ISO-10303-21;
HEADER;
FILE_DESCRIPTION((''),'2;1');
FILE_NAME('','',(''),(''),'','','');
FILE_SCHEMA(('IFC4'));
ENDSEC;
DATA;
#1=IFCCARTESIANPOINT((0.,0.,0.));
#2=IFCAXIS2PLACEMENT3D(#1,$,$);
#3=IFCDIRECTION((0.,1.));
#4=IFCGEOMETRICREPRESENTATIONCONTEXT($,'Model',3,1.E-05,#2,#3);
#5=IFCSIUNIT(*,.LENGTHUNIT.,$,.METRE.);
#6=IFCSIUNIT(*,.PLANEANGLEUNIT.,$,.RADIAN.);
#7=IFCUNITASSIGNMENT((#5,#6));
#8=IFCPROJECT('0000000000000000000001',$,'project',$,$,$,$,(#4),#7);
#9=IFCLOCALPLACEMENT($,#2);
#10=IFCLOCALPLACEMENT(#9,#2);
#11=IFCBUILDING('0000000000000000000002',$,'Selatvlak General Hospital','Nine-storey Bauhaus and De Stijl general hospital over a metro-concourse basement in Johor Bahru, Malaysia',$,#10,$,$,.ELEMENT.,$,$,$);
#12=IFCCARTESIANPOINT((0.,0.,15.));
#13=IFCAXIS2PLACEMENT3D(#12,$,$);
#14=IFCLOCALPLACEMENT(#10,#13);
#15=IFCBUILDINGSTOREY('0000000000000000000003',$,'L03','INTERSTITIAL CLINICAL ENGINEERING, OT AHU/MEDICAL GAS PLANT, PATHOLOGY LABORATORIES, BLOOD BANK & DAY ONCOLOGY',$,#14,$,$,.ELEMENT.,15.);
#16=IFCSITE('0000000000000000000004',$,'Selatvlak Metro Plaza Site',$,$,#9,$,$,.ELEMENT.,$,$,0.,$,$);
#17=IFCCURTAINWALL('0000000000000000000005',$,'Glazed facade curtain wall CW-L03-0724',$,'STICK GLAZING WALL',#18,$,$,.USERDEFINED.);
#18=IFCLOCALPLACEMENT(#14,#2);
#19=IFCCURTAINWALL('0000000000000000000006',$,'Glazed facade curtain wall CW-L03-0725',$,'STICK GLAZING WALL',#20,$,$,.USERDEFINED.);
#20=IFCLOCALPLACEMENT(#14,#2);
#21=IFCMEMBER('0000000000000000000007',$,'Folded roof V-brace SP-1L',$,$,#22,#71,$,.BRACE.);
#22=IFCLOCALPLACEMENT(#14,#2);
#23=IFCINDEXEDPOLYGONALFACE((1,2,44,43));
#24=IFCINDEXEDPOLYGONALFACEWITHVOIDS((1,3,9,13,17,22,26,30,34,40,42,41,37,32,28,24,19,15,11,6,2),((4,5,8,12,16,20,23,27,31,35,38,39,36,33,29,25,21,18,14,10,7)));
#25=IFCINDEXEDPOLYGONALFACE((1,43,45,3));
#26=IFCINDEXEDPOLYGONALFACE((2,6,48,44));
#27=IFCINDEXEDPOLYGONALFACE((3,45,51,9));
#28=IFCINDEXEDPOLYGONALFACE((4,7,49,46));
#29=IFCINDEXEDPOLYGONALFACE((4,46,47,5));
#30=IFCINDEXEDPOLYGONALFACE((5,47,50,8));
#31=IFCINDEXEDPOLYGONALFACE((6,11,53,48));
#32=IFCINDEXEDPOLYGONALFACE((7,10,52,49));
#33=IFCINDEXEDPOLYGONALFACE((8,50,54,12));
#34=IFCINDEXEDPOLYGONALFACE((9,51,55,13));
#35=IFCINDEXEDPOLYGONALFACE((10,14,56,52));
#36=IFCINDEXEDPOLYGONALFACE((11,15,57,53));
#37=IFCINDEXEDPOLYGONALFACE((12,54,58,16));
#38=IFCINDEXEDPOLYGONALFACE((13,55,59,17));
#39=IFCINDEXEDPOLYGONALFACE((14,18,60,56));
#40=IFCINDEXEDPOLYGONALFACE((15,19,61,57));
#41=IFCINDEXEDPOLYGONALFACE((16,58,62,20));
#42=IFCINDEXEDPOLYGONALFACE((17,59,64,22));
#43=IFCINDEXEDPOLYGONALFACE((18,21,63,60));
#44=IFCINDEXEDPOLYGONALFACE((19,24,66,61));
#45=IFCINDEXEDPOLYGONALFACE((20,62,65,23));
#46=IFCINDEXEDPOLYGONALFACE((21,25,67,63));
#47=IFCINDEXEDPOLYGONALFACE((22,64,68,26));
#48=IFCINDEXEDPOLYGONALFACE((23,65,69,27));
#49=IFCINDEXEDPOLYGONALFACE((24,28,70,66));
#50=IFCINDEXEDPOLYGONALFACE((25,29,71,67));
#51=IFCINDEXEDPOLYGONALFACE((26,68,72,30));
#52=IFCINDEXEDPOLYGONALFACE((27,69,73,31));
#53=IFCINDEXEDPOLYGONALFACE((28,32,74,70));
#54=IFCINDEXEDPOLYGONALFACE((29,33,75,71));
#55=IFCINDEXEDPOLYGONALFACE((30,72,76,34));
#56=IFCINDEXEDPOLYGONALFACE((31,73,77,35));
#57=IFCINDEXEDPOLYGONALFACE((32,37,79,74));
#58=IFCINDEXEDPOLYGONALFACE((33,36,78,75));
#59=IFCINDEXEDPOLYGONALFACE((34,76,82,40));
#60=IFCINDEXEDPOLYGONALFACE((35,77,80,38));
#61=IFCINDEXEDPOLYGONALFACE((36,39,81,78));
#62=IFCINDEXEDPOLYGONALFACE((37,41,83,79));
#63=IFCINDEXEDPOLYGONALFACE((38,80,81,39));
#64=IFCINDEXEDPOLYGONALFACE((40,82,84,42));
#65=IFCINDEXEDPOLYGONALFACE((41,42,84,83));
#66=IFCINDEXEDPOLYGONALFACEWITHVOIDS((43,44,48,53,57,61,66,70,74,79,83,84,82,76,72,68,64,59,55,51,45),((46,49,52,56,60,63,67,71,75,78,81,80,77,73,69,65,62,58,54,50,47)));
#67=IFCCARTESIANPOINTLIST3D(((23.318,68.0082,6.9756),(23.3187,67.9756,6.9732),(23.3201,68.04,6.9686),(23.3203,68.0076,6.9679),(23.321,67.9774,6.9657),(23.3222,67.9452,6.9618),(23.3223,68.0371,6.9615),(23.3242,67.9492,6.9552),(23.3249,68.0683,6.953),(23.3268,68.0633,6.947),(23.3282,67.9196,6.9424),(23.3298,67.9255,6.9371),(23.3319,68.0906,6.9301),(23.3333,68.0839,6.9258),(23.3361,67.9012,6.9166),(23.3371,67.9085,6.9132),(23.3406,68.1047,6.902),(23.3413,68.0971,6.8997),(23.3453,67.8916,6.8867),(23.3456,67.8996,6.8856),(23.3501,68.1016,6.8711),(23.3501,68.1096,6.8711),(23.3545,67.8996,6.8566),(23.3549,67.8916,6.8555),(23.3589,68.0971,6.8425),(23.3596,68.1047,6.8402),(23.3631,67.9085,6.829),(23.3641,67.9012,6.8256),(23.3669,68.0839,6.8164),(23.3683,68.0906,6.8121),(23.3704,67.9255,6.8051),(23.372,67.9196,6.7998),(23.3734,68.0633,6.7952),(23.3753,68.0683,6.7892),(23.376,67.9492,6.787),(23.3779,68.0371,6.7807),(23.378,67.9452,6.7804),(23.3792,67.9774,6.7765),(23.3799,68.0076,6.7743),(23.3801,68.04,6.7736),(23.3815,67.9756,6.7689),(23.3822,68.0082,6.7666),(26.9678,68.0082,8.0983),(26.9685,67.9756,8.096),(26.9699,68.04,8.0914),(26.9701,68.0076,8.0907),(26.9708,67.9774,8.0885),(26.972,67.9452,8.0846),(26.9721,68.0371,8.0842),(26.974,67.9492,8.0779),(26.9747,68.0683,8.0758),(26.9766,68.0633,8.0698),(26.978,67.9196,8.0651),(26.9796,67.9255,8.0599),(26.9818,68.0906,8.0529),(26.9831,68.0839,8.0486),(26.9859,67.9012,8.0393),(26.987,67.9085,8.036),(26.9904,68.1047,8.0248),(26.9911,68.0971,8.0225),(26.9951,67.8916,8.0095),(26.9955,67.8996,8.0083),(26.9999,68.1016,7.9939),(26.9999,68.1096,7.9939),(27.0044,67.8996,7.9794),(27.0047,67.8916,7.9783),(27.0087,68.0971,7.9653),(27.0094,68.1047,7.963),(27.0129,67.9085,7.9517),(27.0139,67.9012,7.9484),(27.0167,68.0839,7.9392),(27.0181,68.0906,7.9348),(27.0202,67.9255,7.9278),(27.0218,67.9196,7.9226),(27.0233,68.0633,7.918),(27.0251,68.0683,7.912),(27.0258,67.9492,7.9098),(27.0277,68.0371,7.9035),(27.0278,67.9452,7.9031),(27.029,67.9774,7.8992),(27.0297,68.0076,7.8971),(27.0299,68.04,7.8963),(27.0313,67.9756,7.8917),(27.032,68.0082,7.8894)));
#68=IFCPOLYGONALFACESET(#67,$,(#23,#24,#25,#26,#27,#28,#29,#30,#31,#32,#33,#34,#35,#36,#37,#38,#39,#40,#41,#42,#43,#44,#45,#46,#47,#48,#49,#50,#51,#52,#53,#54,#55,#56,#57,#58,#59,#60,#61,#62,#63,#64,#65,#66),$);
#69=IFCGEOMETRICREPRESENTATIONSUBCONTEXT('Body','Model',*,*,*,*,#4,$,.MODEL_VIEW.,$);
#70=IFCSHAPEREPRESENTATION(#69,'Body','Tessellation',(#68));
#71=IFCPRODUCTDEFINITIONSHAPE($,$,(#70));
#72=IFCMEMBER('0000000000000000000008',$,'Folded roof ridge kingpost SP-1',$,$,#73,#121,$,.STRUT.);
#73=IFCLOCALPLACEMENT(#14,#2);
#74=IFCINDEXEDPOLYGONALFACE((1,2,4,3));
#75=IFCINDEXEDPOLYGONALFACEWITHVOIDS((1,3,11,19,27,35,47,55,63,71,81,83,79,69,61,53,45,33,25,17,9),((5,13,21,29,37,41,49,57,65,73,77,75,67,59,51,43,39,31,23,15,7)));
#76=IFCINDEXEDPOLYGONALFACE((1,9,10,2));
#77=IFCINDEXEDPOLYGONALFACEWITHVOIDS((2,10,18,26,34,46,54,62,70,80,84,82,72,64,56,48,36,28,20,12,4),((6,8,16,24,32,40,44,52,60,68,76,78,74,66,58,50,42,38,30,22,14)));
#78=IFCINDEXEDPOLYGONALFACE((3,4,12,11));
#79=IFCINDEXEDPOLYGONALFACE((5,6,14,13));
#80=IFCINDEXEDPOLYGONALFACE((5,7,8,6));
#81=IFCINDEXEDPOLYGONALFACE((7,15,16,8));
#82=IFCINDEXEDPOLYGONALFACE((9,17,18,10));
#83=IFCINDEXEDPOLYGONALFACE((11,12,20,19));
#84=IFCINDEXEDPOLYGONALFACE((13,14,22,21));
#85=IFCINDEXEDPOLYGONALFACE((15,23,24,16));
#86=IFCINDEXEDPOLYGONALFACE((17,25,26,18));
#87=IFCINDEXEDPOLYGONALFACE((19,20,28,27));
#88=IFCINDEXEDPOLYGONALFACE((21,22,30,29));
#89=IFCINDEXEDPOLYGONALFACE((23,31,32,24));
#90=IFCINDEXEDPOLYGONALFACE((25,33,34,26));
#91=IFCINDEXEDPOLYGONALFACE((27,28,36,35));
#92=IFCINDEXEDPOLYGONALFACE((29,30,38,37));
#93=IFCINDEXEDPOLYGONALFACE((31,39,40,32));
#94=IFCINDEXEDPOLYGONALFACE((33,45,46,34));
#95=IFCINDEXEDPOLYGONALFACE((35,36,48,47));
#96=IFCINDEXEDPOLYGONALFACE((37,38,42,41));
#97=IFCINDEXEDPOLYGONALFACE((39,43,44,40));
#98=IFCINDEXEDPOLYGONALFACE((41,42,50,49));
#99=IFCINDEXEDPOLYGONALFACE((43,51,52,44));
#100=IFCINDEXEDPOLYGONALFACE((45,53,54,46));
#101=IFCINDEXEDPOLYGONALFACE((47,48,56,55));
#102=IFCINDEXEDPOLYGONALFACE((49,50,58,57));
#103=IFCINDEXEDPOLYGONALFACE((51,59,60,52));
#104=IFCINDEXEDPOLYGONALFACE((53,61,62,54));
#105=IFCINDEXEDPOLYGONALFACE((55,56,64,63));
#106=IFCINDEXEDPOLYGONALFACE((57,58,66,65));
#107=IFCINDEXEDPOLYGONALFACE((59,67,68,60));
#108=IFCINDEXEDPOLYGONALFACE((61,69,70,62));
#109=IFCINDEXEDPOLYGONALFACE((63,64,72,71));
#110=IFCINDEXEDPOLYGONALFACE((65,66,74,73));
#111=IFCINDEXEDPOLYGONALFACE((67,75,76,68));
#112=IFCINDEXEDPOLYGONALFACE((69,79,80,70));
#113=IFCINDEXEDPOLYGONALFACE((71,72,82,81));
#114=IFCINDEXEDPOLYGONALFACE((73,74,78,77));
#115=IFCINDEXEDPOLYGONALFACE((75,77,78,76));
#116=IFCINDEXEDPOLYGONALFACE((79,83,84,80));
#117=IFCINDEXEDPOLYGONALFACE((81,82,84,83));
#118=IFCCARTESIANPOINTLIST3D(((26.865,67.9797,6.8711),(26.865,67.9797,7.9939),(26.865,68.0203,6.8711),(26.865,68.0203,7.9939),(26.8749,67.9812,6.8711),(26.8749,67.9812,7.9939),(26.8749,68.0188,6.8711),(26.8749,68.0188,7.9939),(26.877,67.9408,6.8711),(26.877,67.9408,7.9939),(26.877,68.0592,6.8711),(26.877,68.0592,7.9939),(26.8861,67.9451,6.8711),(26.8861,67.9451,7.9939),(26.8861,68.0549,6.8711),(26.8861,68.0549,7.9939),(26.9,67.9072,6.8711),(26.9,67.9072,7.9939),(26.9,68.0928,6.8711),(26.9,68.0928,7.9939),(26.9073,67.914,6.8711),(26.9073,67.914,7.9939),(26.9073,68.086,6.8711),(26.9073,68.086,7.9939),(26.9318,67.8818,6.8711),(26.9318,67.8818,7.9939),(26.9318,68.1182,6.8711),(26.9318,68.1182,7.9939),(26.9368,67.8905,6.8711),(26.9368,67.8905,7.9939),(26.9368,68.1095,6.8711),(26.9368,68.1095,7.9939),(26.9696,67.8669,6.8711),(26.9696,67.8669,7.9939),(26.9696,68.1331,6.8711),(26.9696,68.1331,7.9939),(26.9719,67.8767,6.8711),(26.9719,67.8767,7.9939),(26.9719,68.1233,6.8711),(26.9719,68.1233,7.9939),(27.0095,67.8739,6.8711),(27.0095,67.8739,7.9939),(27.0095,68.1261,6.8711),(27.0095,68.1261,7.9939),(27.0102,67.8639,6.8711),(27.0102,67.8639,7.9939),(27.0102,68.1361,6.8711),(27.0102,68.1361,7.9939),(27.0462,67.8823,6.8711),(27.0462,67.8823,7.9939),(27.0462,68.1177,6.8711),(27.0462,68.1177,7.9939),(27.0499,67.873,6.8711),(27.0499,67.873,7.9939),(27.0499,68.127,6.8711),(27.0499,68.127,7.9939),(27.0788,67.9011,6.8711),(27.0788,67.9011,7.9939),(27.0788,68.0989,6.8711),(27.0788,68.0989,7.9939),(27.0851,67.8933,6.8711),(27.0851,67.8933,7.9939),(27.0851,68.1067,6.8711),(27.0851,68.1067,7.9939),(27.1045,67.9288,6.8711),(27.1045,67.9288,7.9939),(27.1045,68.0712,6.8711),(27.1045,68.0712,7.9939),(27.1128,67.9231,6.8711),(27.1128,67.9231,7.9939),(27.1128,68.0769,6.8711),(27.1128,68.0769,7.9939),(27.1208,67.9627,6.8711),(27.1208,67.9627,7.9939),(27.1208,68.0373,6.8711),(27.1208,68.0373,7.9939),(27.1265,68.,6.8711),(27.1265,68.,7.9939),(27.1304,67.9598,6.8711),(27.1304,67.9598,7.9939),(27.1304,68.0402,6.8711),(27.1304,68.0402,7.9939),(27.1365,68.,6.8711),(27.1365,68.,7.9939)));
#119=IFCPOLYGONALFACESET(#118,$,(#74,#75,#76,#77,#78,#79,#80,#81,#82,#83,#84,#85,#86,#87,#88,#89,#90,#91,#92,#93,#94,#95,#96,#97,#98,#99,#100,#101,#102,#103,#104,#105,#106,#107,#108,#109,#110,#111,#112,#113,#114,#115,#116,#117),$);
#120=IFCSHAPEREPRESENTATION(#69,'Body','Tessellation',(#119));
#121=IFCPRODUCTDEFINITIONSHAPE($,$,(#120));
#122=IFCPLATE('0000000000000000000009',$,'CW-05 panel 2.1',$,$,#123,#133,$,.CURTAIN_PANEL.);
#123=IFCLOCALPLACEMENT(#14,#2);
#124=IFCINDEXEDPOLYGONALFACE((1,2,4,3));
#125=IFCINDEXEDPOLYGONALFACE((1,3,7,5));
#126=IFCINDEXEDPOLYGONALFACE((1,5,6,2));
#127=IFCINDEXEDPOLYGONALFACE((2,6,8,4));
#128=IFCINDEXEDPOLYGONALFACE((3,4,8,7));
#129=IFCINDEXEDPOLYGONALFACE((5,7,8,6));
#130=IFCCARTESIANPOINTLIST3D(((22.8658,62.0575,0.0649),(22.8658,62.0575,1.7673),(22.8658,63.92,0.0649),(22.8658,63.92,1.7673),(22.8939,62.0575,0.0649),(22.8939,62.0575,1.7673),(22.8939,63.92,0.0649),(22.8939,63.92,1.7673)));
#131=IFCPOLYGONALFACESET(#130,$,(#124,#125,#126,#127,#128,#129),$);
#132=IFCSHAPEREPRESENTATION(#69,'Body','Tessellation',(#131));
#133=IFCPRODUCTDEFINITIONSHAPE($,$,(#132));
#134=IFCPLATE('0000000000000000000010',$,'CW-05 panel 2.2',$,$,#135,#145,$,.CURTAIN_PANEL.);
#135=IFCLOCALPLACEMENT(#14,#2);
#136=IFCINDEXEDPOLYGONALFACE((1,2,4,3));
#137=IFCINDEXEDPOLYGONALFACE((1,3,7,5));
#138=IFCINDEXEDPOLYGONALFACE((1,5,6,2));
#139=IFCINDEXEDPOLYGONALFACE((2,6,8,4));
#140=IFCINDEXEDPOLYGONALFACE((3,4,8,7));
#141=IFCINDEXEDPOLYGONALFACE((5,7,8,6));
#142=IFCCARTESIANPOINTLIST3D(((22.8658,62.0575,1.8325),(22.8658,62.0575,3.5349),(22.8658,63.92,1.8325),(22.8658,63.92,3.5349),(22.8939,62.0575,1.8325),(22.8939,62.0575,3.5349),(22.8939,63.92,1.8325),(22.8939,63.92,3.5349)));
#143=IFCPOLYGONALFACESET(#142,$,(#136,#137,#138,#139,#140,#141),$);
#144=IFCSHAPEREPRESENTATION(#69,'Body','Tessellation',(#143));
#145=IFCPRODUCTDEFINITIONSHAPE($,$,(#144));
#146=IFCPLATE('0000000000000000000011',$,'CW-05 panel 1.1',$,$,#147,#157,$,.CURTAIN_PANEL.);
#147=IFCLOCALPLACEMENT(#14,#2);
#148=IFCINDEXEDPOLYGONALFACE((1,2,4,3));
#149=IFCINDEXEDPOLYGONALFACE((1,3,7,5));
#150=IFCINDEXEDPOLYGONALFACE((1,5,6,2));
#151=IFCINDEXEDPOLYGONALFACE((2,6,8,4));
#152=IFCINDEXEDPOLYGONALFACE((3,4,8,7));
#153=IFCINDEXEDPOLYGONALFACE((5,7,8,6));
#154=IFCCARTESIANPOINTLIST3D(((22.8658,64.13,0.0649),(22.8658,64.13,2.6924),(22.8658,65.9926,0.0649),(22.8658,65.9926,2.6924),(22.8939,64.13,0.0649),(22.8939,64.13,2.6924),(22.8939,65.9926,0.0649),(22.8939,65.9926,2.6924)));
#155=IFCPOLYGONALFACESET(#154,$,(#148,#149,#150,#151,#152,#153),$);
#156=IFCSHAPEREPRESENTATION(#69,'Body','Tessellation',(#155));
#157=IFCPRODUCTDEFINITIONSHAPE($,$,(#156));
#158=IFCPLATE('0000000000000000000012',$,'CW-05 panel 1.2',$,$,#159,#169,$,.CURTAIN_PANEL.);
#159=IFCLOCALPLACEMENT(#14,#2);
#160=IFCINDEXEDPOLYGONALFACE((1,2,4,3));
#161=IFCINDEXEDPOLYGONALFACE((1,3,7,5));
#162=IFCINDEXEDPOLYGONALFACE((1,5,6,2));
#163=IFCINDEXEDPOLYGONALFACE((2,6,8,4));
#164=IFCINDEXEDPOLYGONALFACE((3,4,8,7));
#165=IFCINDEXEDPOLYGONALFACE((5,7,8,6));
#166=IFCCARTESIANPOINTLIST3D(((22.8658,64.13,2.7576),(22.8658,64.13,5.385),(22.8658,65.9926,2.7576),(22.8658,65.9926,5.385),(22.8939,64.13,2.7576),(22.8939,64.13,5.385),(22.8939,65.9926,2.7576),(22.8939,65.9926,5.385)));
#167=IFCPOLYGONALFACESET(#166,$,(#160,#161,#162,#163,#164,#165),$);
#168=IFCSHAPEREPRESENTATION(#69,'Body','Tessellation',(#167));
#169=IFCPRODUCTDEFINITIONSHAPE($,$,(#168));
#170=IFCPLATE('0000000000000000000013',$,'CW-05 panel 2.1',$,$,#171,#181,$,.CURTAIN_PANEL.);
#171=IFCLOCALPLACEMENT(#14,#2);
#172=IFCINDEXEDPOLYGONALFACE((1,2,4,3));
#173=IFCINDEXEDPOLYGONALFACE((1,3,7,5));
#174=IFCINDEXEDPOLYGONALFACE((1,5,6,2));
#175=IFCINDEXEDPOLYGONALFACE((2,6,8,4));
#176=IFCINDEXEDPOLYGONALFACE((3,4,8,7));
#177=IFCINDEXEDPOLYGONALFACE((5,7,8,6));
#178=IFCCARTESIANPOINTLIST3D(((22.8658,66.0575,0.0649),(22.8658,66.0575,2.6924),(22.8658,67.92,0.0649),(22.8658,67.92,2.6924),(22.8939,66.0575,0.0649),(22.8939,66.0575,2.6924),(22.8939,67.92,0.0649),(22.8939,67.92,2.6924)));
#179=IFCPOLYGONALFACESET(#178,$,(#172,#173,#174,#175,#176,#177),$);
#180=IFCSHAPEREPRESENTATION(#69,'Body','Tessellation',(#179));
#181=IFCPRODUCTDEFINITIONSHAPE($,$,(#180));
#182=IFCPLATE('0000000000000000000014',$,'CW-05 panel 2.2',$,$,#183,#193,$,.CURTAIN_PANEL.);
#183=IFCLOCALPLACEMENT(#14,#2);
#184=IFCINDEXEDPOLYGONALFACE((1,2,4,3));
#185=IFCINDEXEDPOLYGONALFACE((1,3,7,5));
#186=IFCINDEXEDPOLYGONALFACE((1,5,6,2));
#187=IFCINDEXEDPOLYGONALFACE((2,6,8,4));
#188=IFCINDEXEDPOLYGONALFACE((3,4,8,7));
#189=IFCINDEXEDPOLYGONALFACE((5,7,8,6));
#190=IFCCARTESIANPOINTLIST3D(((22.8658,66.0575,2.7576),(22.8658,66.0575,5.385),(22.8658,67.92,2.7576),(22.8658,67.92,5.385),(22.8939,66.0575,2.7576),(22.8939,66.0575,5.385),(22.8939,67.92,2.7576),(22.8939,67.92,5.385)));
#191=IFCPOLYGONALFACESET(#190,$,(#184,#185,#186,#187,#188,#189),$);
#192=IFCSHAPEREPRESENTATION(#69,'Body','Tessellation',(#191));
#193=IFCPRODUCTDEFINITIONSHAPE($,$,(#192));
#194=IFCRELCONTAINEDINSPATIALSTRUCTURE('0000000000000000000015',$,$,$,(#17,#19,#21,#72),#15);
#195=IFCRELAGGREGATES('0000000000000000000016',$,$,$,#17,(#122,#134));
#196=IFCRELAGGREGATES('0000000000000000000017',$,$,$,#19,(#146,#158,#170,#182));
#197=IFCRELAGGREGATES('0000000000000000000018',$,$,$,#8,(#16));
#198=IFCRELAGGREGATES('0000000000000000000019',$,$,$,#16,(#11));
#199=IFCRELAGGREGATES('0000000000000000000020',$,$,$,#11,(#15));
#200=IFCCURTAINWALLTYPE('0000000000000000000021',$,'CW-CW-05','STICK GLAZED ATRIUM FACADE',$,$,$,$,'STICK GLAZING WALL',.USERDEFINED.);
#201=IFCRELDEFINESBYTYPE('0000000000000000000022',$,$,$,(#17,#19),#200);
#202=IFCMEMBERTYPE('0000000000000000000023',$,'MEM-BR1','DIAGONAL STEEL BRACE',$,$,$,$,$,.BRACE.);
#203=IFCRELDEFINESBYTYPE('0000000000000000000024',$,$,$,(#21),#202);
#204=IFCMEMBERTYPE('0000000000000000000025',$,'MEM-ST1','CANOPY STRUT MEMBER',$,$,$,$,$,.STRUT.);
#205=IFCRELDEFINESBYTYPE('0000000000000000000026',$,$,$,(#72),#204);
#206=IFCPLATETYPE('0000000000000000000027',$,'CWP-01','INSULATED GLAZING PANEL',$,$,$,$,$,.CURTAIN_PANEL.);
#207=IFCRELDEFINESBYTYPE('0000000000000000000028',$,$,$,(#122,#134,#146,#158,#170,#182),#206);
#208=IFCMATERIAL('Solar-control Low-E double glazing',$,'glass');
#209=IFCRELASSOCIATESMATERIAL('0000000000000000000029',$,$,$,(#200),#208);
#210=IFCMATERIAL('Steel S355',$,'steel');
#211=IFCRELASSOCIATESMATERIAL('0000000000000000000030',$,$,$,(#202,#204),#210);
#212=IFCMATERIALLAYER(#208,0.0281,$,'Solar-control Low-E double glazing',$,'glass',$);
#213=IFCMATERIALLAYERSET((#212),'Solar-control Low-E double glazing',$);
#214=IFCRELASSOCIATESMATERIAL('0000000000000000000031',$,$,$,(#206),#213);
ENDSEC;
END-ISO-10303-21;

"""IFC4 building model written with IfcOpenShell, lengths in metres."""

from ifc_helpers import new_model, si_unit, direction, frame, origin, origin_2d, place, context, subcontext, project, spatial, rectangle, hollow_circle, extrude, material, layer, layer_set, material_profile, profile_set, type_object, element, aggregate, save


model = new_model("IFC4")

# Units and contexts
model_context = context("Model", 3, precision=1e-05, world=origin(), true_north=direction((0.0, 1.0)))
body_context = subcontext(model_context, "Body", "Model", "MODEL_VIEW")
ifc_project = project(units=[si_unit("LENGTHUNIT", "METRE"), si_unit("PLANEANGLEUNIT", "RADIAN")], contexts=[model_context])

# Site, building, storey
site_placement = place(None, origin())
site = spatial("IfcSite", under=ifc_project, at=site_placement, Name="Selatvlak Metro Plaza Site", CompositionType="ELEMENT", RefElevation=0.0)
building_placement = place(site_placement, origin())
building = spatial("IfcBuilding", under=site, at=building_placement, Name="Selatvlak General Hospital", Description="Nine-storey Bauhaus and De Stijl general hospital over a metro-concourse basement in Johor Bahru, Malaysia", CompositionType="ELEMENT")
storey_placement = place(building_placement, frame((0.0, 0.0, 15.0)))
storey = spatial("IfcBuildingStorey", under=building, at=storey_placement, Name="L03", Description="INTERSTITIAL CLINICAL ENGINEERING, OT AHU/MEDICAL GAS PLANT, PATHOLOGY LABORATORIES, BLOOD BANK & DAY ONCOLOGY", CompositionType="ELEMENT", Elevation=15.0)

# Shared definitions
ifc_material_1 = material(Name="Steel S355", Category="steel")

# Curtain wall
ifc_material_2 = material(Name="Solar-control Low-E double glazing", Category="glass")
curtain_wall_type = type_object("IfcCurtainWallType", Name="CW-CW-05", Description="STICK GLAZED ATRIUM FACADE", ElementType="STICK GLAZING WALL", PredefinedType="USERDEFINED", material=ifc_material_2)
curtain_wall_1_placement = place(storey_placement, origin())
curtain_wall_1 = element("IfcCurtainWall", 1, at=curtain_wall_1_placement, inside=storey, type_object=curtain_wall_type, Name="Glazed facade curtain wall CW-L03-0724", ObjectType="STICK GLAZING WALL", PredefinedType="USERDEFINED")

# Curtain wall
curtain_wall_2_placement = place(storey_placement, origin())
curtain_wall_2 = element("IfcCurtainWall", 2, at=curtain_wall_2_placement, inside=storey, type_object=curtain_wall_type, Name="Glazed facade curtain wall CW-L03-0725", ObjectType="STICK GLAZING WALL", PredefinedType="USERDEFINED")

# Members
ifc_material_profile_1 = material_profile(ifc_material_1, hollow_circle(Radius=0.1096, WallThickness=0.0081, at=origin_2d()), Name="CHS 219.1x8")
ifc_profile_set_1 = profile_set([ifc_material_profile_1], Name="Steel S355")
member_type_1 = type_object("IfcMemberType", Name="MEM-BR1", Description="DIAGONAL STEEL BRACE", PredefinedType="BRACE", material=ifc_profile_set_1)
member_1_placement = place(storey_placement, frame((23.3501, 68.0, 6.8711), z_axis=(0.955797, 0.0, 0.294027), x_axis=(0.0, 1.0, 0.0)))
element("IfcMember", 3, at=member_1_placement, inside=storey, type_object=member_type_1, Name="Folded roof V-brace SP-1L", PredefinedType="BRACE", context=body_context, shape_type="SweptSolid", body=[
    extrude(hollow_circle(Radius=0.1096, WallThickness=0.0081, at=origin_2d()), origin(), (0.0, 0.0, 1.0), 3.8186),
])
ifc_material_profile_2 = material_profile(ifc_material_1, hollow_circle(Radius=0.1365, WallThickness=0.01, at=origin_2d()), Name="CHS 273.0x10")
ifc_profile_set_2 = profile_set([ifc_material_profile_2], Name="Steel S355")
member_type_2 = type_object("IfcMemberType", Name="MEM-ST1", Description="CANOPY STRUT MEMBER", PredefinedType="STRUT", material=ifc_profile_set_2)
member_2_placement = place(storey_placement, frame((27.0, 68.0, 6.8711), z_axis=(0.0, 0.0, 1.0), x_axis=(1.0, 0.0, 0.0)))
element("IfcMember", 4, at=member_2_placement, inside=storey, type_object=member_type_2, Name="Folded roof ridge kingpost SP-1", PredefinedType="STRUT", context=body_context, shape_type="SweptSolid", body=[
    extrude(hollow_circle(Radius=0.1365, WallThickness=0.01, at=origin_2d()), origin(), (0.0, 0.0, 1.0), 1.1228),
])

# Plates
ifc_layer_1 = layer(ifc_material_2, 0.0281, Name="Solar-control Low-E double glazing", Category="glass")
ifc_layer_set_1 = layer_set([ifc_layer_1], Name="Solar-control Low-E double glazing")
plate_type_1 = type_object("IfcPlateType", Name="CWP-01", Description="INSULATED GLAZING PANEL", PredefinedType="CURTAIN_PANEL", material=ifc_layer_set_1)
plate_1_placement = place(storey_placement, frame((22.8799, 62.9888, 0.0649), z_axis=(0.0, 0.0, 1.0), x_axis=(0.0, 1.0, 0.0)))
plate_1 = element("IfcPlate", 5, at=plate_1_placement, type_object=plate_type_1, Name="CW-05 panel 2.1", PredefinedType="CURTAIN_PANEL", context=body_context, shape_type="SweptSolid", body=[
    extrude(rectangle(XDim=1.8625, YDim=0.0281, at=origin_2d()), origin(), (0.0, 0.0, 1.0), 1.7024),
])
plate_2_placement = place(storey_placement, frame((22.8799, 62.9888, 1.8325), z_axis=(0.0, 0.0, 1.0), x_axis=(0.0, 1.0, 0.0)))
plate_2 = element("IfcPlate", 6, at=plate_2_placement, type_object=plate_type_1, Name="CW-05 panel 2.2", PredefinedType="CURTAIN_PANEL", context=body_context, shape_type="SweptSolid", body=[
    extrude(rectangle(XDim=1.8625, YDim=0.0281, at=origin_2d()), origin(), (0.0, 0.0, 1.0), 1.7024),
])
aggregate(curtain_wall_1, [plate_1, plate_2])
plate_3_placement = place(storey_placement, frame((22.8799, 65.0613, 0.0649), z_axis=(0.0, 0.0, 1.0), x_axis=(0.0, 1.0, 0.0)))
plate_3 = element("IfcPlate", 7, at=plate_3_placement, type_object=plate_type_1, Name="CW-05 panel 1.1", PredefinedType="CURTAIN_PANEL", context=body_context, shape_type="SweptSolid", body=[
    extrude(rectangle(XDim=1.8625, YDim=0.0281, at=origin_2d()), origin(), (0.0, 0.0, 1.0), 2.6274),
])
plate_4_placement = place(storey_placement, frame((22.8799, 65.0613, 2.7576), z_axis=(0.0, 0.0, 1.0), x_axis=(0.0, 1.0, 0.0)))
plate_4 = element("IfcPlate", 8, at=plate_4_placement, type_object=plate_type_1, Name="CW-05 panel 1.2", PredefinedType="CURTAIN_PANEL", context=body_context, shape_type="SweptSolid", body=[
    extrude(rectangle(XDim=1.8625, YDim=0.0281, at=origin_2d()), origin(), (0.0, 0.0, 1.0), 2.6274),
])
plate_5_placement = place(storey_placement, frame((22.8799, 66.9888, 0.0649), z_axis=(0.0, 0.0, 1.0), x_axis=(0.0, 1.0, 0.0)))
plate_5 = element("IfcPlate", 9, at=plate_5_placement, type_object=plate_type_1, Name="CW-05 panel 2.1", PredefinedType="CURTAIN_PANEL", context=body_context, shape_type="SweptSolid", body=[
    extrude(rectangle(XDim=1.8625, YDim=0.0281, at=origin_2d()), origin(), (0.0, 0.0, 1.0), 2.6274),
])
plate_6_placement = place(storey_placement, frame((22.8799, 66.9888, 2.7576), z_axis=(0.0, 0.0, 1.0), x_axis=(0.0, 1.0, 0.0)))
plate_6 = element("IfcPlate", 10, at=plate_6_placement, type_object=plate_type_1, Name="CW-05 panel 2.2", PredefinedType="CURTAIN_PANEL", context=body_context, shape_type="SweptSolid", body=[
    extrude(rectangle(XDim=1.8625, YDim=0.0281, at=origin_2d()), origin(), (0.0, 0.0, 1.0), 2.6274),
])
aggregate(curtain_wall_2, [plate_3, plate_4, plate_5, plate_6])

save(model, "model.ifc")
